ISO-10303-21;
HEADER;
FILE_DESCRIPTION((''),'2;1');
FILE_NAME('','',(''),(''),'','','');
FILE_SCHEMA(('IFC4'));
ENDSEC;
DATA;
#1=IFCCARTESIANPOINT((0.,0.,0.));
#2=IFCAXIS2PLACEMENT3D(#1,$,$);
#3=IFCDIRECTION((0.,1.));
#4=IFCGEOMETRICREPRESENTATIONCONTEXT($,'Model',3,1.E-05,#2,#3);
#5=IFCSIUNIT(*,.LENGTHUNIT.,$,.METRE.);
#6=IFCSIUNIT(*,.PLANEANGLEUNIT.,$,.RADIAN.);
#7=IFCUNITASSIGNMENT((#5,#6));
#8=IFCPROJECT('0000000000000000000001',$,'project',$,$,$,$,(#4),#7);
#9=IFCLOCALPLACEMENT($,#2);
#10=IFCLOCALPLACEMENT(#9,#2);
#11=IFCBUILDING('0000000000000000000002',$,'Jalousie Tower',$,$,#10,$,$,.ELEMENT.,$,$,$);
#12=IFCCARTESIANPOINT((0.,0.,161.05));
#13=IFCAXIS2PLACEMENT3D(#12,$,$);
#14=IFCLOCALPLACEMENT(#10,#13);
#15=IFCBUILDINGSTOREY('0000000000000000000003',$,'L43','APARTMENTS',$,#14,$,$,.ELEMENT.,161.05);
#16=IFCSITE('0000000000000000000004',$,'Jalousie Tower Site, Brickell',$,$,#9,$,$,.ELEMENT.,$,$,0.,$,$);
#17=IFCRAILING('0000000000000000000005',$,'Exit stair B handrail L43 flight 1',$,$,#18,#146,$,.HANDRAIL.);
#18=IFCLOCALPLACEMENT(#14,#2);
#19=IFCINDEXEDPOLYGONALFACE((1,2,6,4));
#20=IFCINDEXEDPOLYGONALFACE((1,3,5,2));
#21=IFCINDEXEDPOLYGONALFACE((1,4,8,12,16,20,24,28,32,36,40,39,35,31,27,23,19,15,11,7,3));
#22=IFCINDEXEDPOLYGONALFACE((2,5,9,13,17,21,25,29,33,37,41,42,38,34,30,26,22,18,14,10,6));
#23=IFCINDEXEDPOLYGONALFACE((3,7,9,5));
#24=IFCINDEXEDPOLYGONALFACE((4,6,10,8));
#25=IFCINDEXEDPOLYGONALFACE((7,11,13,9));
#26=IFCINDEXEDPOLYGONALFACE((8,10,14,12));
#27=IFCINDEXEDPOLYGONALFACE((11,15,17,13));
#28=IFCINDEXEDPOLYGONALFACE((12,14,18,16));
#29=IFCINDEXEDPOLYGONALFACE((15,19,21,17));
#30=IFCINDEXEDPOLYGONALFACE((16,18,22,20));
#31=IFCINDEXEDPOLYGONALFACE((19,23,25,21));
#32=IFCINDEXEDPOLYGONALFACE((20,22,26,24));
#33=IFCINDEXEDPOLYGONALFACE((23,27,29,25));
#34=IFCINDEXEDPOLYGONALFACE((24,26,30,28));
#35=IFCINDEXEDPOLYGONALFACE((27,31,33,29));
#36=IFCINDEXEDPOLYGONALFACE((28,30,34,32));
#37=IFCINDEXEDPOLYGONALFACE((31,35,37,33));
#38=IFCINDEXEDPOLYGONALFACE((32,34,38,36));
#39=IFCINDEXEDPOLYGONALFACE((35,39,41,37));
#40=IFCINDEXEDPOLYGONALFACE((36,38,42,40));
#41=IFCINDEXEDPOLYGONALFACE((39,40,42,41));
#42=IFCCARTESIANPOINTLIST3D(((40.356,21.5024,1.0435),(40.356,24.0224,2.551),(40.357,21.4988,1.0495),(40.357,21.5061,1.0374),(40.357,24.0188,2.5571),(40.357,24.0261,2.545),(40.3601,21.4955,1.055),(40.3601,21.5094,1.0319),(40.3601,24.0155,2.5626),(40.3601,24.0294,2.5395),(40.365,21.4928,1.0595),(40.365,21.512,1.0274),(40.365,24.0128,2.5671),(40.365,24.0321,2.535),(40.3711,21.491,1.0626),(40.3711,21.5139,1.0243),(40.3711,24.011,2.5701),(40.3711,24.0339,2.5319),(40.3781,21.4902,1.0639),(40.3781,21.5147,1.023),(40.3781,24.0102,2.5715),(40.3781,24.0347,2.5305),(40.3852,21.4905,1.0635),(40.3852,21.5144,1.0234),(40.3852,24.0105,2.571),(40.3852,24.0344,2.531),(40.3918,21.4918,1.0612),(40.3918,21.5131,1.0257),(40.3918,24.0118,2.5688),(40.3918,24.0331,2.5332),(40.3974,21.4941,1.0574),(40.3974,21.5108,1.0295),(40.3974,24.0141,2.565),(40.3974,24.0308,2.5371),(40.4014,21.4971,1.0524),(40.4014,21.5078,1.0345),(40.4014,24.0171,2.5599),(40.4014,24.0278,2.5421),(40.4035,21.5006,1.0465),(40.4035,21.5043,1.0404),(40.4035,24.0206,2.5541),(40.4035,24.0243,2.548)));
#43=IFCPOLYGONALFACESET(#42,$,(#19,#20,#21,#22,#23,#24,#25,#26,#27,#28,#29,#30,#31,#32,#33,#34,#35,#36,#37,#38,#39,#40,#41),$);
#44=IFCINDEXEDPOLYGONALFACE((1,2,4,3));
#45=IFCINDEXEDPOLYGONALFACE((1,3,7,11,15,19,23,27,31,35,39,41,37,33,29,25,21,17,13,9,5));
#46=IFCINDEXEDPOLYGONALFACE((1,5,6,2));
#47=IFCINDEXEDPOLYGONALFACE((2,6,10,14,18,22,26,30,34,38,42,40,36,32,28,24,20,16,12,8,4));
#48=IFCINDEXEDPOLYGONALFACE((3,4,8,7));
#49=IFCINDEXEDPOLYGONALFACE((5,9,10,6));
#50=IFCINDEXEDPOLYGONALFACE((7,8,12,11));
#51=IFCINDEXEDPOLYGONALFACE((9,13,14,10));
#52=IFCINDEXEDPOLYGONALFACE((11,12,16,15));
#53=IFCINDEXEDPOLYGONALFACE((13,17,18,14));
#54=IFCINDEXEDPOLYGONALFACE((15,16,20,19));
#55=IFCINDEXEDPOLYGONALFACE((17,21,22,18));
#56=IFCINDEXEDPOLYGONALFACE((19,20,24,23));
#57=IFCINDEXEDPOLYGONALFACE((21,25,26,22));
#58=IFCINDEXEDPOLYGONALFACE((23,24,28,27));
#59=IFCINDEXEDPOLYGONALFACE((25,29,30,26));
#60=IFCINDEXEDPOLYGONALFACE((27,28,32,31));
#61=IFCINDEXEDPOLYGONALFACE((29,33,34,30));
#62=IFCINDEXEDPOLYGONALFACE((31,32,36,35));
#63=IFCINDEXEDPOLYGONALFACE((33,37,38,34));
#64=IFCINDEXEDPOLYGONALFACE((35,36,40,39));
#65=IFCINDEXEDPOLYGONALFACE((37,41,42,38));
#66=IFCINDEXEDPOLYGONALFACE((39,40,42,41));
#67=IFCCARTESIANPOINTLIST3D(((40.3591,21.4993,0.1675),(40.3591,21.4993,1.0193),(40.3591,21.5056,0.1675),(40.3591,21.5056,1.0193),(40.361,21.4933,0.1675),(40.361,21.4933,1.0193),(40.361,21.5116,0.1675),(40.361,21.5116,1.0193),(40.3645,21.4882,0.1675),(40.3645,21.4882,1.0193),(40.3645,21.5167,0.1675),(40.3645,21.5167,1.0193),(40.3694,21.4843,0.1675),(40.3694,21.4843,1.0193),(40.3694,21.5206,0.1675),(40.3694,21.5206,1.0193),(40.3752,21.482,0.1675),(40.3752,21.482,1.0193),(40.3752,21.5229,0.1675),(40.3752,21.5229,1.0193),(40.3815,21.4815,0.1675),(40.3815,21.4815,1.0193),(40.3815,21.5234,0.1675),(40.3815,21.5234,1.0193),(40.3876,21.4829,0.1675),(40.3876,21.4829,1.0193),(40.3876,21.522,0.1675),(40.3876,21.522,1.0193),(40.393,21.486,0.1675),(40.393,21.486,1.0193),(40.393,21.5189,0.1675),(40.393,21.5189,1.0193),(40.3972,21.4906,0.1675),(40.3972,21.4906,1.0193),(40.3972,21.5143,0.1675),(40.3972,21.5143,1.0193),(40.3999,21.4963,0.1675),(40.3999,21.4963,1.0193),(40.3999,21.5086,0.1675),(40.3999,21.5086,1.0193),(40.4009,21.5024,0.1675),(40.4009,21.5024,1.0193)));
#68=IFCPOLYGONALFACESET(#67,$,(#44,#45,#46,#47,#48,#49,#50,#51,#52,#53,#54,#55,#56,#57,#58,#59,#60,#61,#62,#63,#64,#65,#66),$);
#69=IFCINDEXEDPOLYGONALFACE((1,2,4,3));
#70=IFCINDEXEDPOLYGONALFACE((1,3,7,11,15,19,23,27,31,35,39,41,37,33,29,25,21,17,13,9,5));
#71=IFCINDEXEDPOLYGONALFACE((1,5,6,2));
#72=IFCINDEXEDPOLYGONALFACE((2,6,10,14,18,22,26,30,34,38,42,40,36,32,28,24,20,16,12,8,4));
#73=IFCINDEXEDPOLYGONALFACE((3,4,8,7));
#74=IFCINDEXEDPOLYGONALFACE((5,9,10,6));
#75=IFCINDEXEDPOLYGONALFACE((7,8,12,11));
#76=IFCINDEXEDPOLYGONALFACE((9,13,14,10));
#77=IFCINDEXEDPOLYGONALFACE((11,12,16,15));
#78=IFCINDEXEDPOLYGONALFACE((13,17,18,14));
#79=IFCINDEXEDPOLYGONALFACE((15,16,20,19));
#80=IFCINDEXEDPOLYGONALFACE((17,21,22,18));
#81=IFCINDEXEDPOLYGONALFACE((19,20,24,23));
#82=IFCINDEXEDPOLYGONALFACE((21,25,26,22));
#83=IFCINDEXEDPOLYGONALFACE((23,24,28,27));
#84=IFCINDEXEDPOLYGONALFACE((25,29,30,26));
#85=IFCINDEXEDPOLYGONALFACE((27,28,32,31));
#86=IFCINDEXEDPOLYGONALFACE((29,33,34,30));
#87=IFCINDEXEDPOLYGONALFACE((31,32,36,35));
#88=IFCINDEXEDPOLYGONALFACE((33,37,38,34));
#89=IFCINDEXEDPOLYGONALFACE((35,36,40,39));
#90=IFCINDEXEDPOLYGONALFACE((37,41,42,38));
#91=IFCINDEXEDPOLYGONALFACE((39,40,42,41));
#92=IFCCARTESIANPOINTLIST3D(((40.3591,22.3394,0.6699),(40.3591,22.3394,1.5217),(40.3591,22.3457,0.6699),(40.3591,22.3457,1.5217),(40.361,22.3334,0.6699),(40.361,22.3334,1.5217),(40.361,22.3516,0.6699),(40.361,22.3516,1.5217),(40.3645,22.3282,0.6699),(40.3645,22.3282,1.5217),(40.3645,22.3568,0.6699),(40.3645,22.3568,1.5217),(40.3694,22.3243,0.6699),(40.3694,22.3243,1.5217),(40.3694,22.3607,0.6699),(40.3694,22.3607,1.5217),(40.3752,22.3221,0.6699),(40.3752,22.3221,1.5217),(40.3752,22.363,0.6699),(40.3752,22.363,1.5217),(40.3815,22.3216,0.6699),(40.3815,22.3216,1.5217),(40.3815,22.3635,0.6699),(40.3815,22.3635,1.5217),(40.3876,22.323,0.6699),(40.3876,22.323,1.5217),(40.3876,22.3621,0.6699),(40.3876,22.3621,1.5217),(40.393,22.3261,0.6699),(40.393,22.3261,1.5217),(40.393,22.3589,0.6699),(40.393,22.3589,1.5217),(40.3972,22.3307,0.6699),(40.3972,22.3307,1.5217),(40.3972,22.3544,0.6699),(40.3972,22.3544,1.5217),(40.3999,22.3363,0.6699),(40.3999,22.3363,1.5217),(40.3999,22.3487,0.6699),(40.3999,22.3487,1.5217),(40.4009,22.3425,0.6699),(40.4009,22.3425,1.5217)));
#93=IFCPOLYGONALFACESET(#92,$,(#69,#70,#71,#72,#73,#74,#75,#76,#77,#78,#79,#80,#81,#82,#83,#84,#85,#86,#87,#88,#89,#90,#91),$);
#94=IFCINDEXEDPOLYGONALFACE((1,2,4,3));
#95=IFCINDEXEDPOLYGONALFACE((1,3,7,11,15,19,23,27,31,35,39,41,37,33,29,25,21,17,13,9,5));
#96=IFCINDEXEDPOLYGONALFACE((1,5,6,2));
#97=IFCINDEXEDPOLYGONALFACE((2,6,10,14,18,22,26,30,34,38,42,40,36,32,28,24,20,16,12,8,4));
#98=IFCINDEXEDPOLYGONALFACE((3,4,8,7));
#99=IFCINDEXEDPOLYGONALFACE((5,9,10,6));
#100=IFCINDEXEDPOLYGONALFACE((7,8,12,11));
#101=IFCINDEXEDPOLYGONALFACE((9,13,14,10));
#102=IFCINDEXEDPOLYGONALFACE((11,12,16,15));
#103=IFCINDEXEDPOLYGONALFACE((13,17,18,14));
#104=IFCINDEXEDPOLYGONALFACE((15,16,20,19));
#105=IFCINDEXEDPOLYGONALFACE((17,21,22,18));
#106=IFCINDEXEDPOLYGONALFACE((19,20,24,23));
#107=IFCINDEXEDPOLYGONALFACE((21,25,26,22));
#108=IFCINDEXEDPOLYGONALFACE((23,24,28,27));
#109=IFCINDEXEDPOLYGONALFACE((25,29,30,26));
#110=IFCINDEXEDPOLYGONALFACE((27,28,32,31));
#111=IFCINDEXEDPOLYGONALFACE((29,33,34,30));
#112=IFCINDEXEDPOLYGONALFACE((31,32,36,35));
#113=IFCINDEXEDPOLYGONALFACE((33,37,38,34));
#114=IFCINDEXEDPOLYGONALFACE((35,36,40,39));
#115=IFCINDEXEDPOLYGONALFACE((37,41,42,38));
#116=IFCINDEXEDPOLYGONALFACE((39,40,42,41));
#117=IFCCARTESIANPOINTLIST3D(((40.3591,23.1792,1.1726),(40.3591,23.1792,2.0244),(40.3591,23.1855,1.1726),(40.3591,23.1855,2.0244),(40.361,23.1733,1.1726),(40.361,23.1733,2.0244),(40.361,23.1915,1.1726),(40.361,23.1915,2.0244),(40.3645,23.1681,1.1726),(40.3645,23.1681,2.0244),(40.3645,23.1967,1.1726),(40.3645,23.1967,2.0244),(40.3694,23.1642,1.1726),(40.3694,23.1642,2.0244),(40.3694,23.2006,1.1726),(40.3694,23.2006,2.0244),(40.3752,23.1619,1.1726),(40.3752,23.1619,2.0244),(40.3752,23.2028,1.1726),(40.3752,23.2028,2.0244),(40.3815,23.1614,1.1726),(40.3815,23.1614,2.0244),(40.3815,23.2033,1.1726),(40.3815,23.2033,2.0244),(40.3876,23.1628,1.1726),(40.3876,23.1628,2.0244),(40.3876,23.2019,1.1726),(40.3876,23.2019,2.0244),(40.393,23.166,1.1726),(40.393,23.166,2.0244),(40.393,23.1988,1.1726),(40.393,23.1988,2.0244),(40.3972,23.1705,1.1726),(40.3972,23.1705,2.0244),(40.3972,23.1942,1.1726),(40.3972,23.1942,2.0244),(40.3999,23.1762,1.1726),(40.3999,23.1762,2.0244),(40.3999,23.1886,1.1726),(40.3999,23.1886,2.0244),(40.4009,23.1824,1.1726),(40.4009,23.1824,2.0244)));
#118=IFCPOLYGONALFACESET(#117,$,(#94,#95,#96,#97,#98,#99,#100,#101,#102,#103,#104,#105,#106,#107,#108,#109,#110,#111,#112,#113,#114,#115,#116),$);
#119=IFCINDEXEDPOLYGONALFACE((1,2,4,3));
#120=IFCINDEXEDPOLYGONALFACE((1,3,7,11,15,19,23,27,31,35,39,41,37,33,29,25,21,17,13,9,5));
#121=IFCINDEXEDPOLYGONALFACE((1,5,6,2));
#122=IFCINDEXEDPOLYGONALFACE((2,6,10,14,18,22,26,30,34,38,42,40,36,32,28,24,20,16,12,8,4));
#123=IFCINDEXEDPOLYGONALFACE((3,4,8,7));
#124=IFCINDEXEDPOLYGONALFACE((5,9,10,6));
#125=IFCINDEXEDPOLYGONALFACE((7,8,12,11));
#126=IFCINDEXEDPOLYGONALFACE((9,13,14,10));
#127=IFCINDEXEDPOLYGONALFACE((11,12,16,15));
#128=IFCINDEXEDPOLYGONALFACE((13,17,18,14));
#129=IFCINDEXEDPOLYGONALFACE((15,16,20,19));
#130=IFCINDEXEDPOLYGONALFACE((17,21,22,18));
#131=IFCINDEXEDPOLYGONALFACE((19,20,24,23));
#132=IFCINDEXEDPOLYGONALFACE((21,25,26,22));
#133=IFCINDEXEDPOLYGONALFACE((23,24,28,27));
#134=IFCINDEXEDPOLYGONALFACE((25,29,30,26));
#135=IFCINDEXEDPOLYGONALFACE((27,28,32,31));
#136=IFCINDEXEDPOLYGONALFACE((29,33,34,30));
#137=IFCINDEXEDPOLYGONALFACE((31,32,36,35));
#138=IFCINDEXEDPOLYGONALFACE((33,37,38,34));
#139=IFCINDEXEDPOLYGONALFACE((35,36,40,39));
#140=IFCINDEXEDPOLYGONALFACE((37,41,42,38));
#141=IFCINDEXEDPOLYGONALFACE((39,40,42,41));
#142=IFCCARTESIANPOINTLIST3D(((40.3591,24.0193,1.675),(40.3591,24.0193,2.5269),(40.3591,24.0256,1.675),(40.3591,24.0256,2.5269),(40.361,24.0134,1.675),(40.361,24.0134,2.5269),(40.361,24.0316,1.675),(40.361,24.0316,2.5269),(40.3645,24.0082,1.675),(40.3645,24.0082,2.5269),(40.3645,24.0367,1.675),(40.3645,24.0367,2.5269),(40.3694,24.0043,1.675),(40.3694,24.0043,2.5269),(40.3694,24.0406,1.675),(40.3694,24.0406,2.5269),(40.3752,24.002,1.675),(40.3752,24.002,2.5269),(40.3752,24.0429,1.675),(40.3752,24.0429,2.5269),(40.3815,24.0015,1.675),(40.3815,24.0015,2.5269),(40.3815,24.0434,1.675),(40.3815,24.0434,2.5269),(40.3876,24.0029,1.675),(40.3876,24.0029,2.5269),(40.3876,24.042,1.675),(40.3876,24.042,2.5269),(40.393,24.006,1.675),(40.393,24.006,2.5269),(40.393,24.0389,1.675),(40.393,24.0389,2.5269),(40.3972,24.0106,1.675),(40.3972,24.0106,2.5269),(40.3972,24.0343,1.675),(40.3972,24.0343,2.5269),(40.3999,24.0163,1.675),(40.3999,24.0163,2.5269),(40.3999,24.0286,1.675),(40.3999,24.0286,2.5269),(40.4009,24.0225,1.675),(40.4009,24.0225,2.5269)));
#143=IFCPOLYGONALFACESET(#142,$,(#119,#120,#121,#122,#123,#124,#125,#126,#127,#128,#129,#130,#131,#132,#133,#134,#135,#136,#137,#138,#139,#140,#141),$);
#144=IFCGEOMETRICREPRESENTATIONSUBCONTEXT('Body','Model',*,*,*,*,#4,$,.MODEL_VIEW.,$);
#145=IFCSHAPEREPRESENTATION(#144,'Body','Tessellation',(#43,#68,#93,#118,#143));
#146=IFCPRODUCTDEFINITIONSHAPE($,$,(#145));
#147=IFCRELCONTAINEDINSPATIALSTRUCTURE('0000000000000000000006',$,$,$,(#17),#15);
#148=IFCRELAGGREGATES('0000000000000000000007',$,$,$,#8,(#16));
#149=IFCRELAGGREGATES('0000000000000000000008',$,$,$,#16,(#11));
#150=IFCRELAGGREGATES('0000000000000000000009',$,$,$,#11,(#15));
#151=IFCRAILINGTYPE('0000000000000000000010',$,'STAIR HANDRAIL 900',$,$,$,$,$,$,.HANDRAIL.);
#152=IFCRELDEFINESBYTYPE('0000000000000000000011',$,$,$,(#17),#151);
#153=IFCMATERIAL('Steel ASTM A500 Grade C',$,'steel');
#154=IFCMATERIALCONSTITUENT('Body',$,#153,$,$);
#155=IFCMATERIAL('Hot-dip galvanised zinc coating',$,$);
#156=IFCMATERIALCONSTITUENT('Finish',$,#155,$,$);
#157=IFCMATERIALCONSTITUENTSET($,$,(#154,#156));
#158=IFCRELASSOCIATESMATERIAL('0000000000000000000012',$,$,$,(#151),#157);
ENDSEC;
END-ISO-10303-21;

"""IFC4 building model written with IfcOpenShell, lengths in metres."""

from ifc_helpers import new_model, si_unit, direction, frame, origin, origin_2d, place, context, subcontext, project, spatial, circle, extrude, material, constituent, constituent_set, type_object, element, save


model = new_model("IFC4")

# Units and contexts
model_context = context("Model", 3, precision=1e-05, world=origin(), true_north=direction((0.0, 1.0)))
body_context = subcontext(model_context, "Body", "Model", "MODEL_VIEW")
ifc_project = project(units=[si_unit("LENGTHUNIT", "METRE"), si_unit("PLANEANGLEUNIT", "RADIAN")], contexts=[model_context])

# Site, building, storey
site_placement = place(None, origin())
site = spatial("IfcSite", under=ifc_project, at=site_placement, Name="Jalousie Tower Site, Brickell", CompositionType="ELEMENT", RefElevation=0.0)
building_placement = place(site_placement, origin())
building = spatial("IfcBuilding", under=site, at=building_placement, Name="Jalousie Tower", CompositionType="ELEMENT")
storey_placement = place(building_placement, frame((0.0, 0.0, 161.05)))
storey = spatial("IfcBuildingStorey", under=building, at=storey_placement, Name="L43", Description="APARTMENTS", CompositionType="ELEMENT", Elevation=161.05)

# Railing
ifc_material_1 = material(Name="Steel ASTM A500 Grade C", Category="steel")
ifc_constituent_1 = constituent(ifc_material_1, Name="Body")
ifc_material_2 = material(Name="Hot-dip galvanised zinc coating")
ifc_constituent_2 = constituent(ifc_material_2, Name="Finish")
ifc_constituent_set_1 = constituent_set(constituents=[ifc_constituent_1, ifc_constituent_2])
railing_type_1 = type_object("IfcRailingType", Name="STAIR HANDRAIL 900", PredefinedType="HANDRAIL", material=ifc_constituent_set_1)
railing_1_placement = place(storey_placement, frame((40.3799, 21.5024, 0.1675)))
element("IfcRailing", 1, at=railing_1_placement, inside=storey, type_object=railing_type_1, Name="Exit stair B handrail L43 flight 1", PredefinedType="HANDRAIL", context=body_context, shape_type="SweptSolid", body=[
    extrude(circle(Radius=0.0239, at=origin_2d()), frame((0.0, 0.0, 0.876), z_axis=(0.0, 0.85816, 0.513383), x_axis=(-1.0, 0.0, 0.0)), (0.0, 0.0, 1.0), 2.9365),
    extrude(circle(Radius=0.021, at=origin_2d()), origin(), (0.0, 0.0, 1.0), 0.8518),
    extrude(circle(Radius=0.021, at=origin_2d()), frame((0.0, 0.8401, 0.5024)), (0.0, 0.0, 1.0), 0.8518),
    extrude(circle(Radius=0.021, at=origin_2d()), frame((0.0, 1.6799, 1.0051)), (0.0, 0.0, 1.0), 0.8518),
    extrude(circle(Radius=0.021, at=origin_2d()), frame((0.0, 2.52, 1.5076)), (0.0, 0.0, 1.0), 0.8518),
])

save(model, "model.ifc")
